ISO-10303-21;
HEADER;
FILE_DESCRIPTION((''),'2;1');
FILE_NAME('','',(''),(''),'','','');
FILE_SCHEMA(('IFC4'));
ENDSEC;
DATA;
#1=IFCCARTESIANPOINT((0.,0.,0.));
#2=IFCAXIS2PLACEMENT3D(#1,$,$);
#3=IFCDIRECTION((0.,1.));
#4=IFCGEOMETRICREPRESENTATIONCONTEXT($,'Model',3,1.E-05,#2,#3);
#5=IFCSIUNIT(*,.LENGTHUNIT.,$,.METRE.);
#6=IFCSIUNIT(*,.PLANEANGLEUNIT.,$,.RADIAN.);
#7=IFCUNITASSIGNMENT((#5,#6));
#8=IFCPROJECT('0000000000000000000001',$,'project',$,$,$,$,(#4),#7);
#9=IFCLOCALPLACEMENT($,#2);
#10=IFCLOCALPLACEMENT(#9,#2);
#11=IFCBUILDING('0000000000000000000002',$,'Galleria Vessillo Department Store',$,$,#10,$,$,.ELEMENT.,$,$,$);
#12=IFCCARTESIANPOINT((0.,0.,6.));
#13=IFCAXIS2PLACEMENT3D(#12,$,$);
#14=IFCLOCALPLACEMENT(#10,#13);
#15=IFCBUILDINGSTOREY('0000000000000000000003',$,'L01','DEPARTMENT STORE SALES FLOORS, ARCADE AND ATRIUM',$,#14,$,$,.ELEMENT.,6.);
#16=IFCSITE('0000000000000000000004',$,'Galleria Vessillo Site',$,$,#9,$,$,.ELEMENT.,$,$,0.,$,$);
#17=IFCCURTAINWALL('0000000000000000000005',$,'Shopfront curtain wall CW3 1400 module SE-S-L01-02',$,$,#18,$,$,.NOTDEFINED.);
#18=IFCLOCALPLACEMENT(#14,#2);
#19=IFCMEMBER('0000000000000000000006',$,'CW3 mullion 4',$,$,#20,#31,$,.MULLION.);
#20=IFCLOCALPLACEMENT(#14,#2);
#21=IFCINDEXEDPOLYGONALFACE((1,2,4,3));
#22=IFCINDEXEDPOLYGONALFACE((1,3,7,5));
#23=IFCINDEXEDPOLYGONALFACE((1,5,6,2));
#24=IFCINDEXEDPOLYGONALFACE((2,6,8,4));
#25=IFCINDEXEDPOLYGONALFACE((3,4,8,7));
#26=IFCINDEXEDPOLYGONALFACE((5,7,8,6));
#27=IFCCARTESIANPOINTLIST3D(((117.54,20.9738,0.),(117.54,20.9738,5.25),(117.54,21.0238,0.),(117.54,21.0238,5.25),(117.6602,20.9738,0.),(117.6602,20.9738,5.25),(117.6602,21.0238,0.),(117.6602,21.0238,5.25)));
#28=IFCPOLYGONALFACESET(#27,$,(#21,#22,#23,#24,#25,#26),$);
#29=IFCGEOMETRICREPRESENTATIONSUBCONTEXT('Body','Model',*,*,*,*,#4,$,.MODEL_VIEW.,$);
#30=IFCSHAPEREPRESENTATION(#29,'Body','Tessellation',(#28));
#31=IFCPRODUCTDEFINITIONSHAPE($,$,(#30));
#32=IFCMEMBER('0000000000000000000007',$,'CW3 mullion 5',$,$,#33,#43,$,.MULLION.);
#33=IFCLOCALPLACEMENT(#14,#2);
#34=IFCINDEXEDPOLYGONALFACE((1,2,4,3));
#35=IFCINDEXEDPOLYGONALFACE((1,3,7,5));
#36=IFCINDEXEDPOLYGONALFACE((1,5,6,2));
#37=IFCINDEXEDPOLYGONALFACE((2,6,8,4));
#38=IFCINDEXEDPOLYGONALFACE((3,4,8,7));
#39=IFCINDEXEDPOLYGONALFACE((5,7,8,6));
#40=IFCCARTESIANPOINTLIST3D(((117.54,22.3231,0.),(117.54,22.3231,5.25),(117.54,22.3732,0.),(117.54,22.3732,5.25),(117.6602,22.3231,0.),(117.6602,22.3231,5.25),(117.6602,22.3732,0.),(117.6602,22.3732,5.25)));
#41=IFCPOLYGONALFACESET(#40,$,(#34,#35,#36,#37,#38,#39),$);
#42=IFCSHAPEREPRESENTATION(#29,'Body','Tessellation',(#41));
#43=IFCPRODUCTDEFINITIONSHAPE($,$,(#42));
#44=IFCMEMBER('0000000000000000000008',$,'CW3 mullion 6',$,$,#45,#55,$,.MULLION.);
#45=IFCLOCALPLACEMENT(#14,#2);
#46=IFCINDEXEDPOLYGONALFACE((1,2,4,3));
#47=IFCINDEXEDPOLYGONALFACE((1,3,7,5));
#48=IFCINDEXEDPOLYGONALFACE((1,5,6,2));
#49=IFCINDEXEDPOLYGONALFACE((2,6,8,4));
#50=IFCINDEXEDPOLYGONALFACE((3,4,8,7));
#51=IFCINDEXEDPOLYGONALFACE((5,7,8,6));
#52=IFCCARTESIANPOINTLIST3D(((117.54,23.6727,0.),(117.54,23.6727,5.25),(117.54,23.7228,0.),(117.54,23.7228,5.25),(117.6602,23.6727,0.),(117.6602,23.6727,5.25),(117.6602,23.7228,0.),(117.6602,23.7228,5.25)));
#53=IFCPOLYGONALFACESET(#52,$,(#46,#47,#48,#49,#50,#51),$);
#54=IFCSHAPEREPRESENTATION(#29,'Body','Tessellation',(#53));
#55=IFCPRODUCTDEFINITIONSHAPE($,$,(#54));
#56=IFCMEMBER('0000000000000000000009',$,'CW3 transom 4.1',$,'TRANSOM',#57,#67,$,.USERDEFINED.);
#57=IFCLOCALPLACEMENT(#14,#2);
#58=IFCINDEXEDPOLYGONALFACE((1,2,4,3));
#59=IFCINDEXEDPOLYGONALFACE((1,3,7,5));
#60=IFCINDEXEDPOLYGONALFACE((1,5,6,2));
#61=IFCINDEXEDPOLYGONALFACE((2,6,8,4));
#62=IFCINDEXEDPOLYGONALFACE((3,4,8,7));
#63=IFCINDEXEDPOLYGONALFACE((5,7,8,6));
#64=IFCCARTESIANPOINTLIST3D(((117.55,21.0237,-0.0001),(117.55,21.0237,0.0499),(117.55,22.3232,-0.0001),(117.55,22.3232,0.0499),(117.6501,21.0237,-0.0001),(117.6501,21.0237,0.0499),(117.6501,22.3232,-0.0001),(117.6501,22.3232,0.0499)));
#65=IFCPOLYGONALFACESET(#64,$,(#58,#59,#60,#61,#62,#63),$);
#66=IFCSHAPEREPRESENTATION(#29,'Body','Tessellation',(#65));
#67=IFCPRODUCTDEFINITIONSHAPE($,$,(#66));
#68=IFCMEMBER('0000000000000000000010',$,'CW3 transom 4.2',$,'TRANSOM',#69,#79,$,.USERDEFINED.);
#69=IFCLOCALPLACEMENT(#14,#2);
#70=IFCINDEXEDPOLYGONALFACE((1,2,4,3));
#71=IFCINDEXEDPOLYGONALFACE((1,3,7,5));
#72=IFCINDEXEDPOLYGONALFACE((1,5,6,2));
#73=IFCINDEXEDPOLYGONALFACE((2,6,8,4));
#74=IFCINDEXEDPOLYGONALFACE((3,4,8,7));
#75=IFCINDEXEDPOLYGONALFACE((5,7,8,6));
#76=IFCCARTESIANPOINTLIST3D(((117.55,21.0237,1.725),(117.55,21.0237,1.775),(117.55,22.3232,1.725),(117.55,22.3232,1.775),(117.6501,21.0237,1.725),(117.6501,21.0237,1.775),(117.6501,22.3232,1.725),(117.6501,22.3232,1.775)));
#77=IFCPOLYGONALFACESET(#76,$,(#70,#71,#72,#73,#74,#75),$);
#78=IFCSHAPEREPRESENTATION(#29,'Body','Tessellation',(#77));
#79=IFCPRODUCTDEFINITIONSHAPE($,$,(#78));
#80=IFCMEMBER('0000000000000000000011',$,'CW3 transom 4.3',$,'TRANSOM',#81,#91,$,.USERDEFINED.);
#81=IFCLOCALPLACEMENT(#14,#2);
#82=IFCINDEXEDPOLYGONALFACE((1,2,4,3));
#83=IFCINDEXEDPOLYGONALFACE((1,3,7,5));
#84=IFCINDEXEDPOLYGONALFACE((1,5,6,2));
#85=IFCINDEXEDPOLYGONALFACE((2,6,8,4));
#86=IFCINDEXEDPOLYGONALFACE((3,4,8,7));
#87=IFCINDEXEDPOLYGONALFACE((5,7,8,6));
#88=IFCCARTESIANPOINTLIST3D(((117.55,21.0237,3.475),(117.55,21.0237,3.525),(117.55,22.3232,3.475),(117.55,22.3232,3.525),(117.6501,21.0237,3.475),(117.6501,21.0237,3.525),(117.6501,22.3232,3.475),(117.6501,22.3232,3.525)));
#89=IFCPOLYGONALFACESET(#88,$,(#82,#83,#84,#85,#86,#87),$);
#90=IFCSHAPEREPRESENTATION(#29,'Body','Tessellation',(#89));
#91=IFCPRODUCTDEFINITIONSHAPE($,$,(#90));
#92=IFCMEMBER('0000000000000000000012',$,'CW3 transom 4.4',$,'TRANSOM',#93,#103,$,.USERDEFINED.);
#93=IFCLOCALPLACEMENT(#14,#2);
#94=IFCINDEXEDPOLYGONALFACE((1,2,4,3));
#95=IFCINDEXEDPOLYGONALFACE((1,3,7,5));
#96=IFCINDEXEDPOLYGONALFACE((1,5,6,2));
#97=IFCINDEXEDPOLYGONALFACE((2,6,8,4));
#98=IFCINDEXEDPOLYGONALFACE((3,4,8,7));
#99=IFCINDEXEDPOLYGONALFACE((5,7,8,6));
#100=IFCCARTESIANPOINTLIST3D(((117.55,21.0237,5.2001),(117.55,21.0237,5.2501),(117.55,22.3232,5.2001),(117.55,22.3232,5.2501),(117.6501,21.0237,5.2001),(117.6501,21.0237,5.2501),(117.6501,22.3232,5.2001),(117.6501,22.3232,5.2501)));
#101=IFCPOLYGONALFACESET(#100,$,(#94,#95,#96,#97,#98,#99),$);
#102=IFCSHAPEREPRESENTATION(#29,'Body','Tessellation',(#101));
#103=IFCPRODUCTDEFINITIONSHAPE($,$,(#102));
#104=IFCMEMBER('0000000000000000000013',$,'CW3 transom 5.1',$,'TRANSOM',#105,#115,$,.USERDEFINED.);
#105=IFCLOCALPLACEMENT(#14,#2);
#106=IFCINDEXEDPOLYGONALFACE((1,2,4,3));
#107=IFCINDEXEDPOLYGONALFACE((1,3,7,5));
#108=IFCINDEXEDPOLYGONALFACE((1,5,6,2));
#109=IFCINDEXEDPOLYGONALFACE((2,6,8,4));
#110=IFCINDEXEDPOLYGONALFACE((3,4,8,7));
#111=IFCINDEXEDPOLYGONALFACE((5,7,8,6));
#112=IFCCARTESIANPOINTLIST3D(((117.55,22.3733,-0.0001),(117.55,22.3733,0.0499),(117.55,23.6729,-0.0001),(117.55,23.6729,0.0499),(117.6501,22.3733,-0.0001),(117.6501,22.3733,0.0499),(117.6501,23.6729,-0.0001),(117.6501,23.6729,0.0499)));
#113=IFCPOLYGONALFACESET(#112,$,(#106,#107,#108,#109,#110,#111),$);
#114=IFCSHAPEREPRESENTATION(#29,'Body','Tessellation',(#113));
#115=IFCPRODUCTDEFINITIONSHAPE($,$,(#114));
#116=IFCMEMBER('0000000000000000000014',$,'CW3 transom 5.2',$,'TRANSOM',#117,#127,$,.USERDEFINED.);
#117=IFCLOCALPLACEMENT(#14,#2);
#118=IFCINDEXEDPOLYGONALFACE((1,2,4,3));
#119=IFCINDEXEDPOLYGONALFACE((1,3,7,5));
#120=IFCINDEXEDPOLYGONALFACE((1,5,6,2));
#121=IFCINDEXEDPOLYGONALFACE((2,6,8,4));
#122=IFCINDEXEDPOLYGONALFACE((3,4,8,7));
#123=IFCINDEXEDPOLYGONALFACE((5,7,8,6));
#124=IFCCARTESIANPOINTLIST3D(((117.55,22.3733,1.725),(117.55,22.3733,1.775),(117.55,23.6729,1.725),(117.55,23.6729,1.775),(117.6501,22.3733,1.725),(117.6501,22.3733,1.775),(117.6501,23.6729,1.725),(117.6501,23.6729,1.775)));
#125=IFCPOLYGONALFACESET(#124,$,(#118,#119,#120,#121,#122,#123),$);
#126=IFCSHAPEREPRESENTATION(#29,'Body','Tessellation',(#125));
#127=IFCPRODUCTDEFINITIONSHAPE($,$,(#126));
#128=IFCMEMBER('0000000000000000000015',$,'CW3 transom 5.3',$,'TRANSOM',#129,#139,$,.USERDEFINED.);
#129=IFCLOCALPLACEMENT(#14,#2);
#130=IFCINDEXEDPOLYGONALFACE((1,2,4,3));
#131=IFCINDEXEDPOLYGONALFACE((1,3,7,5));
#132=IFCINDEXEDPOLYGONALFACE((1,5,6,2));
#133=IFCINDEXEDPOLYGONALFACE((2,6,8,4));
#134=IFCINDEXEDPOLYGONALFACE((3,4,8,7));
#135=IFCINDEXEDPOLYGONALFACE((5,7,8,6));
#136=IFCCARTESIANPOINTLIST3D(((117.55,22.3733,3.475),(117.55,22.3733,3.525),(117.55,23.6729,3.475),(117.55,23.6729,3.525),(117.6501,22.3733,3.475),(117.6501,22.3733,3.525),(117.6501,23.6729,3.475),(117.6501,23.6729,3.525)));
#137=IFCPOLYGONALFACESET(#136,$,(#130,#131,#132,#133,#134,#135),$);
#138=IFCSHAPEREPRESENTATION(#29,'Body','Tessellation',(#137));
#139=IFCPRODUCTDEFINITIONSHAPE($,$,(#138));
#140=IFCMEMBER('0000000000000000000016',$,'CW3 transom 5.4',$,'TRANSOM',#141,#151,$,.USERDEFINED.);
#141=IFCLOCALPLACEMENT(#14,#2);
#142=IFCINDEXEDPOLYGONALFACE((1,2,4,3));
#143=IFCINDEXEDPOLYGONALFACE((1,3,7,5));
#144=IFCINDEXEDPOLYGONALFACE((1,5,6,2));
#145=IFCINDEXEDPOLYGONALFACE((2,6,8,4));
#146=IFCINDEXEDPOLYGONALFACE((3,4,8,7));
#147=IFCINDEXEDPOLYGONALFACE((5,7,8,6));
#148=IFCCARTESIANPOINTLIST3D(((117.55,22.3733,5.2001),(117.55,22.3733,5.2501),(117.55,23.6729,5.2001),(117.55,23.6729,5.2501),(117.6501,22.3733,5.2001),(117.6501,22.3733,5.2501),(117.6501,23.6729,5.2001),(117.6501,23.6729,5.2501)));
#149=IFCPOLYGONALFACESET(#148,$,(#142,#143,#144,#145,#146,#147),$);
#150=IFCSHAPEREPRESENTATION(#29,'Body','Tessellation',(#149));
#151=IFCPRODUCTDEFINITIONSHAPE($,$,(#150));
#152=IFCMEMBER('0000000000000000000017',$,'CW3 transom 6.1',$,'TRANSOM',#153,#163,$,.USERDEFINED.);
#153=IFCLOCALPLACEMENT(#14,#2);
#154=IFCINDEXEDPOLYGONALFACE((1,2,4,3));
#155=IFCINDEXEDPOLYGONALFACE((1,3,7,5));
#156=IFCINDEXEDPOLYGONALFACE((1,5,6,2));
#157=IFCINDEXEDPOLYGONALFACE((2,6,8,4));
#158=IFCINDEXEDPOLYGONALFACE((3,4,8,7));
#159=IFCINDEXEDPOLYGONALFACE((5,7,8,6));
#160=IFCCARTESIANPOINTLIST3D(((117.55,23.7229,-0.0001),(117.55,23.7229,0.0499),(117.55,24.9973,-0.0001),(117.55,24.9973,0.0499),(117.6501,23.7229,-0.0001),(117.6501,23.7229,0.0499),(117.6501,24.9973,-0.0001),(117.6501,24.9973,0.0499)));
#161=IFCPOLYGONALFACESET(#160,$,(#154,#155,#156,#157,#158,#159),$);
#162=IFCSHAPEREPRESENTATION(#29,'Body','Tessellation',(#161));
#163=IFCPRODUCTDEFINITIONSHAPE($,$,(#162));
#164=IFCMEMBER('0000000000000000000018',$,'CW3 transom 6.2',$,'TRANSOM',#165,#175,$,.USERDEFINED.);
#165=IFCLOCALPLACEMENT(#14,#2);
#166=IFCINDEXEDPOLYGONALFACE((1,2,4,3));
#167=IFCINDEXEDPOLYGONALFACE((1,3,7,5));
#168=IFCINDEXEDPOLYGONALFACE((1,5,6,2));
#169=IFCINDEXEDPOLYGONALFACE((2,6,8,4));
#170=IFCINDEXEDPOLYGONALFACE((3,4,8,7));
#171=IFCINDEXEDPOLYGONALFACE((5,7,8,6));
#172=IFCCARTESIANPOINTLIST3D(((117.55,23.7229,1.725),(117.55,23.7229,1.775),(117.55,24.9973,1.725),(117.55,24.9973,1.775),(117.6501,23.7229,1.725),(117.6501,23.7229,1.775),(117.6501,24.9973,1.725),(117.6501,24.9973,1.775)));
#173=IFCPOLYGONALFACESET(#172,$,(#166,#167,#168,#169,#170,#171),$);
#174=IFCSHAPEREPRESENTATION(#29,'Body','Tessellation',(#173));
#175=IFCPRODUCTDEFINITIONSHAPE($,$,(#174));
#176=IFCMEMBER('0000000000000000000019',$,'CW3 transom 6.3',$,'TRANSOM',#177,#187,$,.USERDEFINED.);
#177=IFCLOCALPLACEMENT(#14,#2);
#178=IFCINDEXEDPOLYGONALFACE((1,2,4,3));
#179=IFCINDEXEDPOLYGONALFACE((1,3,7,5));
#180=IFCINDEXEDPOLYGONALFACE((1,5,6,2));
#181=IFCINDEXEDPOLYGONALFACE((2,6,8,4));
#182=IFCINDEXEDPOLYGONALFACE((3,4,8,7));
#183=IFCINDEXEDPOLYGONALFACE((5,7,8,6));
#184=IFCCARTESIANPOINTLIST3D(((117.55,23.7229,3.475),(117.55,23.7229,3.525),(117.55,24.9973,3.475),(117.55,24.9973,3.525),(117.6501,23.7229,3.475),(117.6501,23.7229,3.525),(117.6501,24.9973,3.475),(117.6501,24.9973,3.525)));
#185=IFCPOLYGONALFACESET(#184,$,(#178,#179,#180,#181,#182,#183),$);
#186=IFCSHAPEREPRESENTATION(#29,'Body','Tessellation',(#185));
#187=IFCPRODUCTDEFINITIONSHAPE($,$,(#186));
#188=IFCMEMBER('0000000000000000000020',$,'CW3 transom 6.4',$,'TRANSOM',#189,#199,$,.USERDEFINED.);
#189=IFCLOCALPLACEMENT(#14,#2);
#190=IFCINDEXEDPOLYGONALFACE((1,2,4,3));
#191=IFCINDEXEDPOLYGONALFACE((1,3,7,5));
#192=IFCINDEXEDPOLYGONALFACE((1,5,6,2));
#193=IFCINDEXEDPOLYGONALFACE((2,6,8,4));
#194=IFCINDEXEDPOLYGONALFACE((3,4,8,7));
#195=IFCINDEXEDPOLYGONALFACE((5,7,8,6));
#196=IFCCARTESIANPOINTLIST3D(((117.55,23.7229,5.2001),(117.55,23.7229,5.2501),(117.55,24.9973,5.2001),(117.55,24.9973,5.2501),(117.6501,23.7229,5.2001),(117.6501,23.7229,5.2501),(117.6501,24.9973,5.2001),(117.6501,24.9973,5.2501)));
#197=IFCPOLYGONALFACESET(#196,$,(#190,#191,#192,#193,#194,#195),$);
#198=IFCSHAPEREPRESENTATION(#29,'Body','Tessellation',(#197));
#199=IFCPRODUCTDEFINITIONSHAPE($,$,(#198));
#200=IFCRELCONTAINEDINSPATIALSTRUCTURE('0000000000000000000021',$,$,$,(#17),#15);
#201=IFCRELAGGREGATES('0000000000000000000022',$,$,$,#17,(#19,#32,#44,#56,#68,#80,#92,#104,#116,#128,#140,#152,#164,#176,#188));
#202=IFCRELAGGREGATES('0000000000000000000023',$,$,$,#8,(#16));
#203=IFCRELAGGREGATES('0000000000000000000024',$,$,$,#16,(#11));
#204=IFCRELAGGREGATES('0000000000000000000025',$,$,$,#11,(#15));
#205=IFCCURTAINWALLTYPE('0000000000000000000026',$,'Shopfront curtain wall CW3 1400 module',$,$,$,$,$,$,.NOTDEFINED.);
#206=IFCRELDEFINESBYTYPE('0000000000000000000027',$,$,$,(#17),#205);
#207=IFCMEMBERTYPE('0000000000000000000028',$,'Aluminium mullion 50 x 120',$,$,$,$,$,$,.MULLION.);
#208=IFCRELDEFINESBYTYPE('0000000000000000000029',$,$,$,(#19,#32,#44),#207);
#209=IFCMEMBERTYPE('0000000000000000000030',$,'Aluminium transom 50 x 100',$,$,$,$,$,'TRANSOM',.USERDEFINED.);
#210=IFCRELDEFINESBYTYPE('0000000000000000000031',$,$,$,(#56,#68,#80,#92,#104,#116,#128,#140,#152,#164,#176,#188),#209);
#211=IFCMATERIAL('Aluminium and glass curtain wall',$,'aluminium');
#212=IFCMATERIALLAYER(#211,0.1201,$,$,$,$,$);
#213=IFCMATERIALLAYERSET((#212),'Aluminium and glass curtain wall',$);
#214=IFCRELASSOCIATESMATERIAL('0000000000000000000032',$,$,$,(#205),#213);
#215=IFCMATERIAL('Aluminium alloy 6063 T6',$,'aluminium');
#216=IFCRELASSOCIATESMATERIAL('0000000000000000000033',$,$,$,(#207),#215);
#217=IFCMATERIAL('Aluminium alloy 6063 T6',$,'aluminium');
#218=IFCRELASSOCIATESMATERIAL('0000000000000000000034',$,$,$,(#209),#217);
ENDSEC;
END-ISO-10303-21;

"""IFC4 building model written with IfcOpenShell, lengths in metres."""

from ifc_helpers import new_model, si_unit, direction, frame, origin, origin_2d, place, context, subcontext, project, spatial, rectangle, extrude, material, layer, layer_set, material_profile, profile_set, type_object, element, aggregate, save


model = new_model("IFC4")

# Units and contexts
model_context = context("Model", 3, precision=1e-05, world=origin(), true_north=direction((0.0, 1.0)))
body_context = subcontext(model_context, "Body", "Model", "MODEL_VIEW")
ifc_project = project(units=[si_unit("LENGTHUNIT", "METRE"), si_unit("PLANEANGLEUNIT", "RADIAN")], contexts=[model_context])

# Site, building, storey
site_placement = place(None, origin())
site = spatial("IfcSite", under=ifc_project, at=site_placement, Name="Galleria Vessillo Site", CompositionType="ELEMENT", RefElevation=0.0)
building_placement = place(site_placement, origin())
building = spatial("IfcBuilding", under=site, at=building_placement, Name="Galleria Vessillo Department Store", CompositionType="ELEMENT")
storey_placement = place(building_placement, frame((0.0, 0.0, 6.0)))
storey = spatial("IfcBuildingStorey", under=building, at=storey_placement, Name="L01", Description="DEPARTMENT STORE SALES FLOORS, ARCADE AND ATRIUM", CompositionType="ELEMENT", Elevation=6.0)

# Curtain wall, members
ifc_material_1 = material(Name="Aluminium and glass curtain wall", Category="aluminium")
ifc_layer_1 = layer(ifc_material_1, 0.1201)
ifc_layer_set_1 = layer_set([ifc_layer_1], Name="Aluminium and glass curtain wall")
curtain_wall_type = type_object("IfcCurtainWallType", Name="Shopfront curtain wall CW3 1400 module", PredefinedType="NOTDEFINED", material=ifc_layer_set_1)
curtain_wall_placement = place(storey_placement, origin())
curtain_wall = element("IfcCurtainWall", 1, at=curtain_wall_placement, inside=storey, type_object=curtain_wall_type, Name="Shopfront curtain wall CW3 1400 module SE-S-L01-02", PredefinedType="NOTDEFINED")
ifc_material_2 = material(Name="Aluminium alloy 6063 T6", Category="aluminium")
ifc_material_profile_1 = material_profile(ifc_material_2, rectangle(XDim=0.1201, YDim=0.05, at=origin_2d()), Name="AL 50x120")
ifc_profile_set_1 = profile_set([ifc_material_profile_1], Name="Aluminium alloy 6063 T6")
member_type_1 = type_object("IfcMemberType", Name="Aluminium mullion 50 x 120", PredefinedType="MULLION", material=ifc_profile_set_1)
member_1_placement = place(storey_placement, frame((117.6001, 20.9988, 0.0), z_axis=(0.0, 0.0, 1.0), x_axis=(-1.0, 0.0, 0.0)))
member_1 = element("IfcMember", 2, at=member_1_placement, type_object=member_type_1, Name="CW3 mullion 4", PredefinedType="MULLION", context=body_context, shape_type="SweptSolid", body=[
    extrude(rectangle(XDim=0.1201, YDim=0.05, at=origin_2d()), origin(), (0.0, 0.0, 1.0), 5.25),
])
member_2_placement = place(storey_placement, frame((117.6001, 22.3481, 0.0), z_axis=(0.0, 0.0, 1.0), x_axis=(-1.0, 0.0, 0.0)))
member_2 = element("IfcMember", 3, at=member_2_placement, type_object=member_type_1, Name="CW3 mullion 5", PredefinedType="MULLION", context=body_context, shape_type="SweptSolid", body=[
    extrude(rectangle(XDim=0.1201, YDim=0.05, at=origin_2d()), origin(), (0.0, 0.0, 1.0), 5.25),
])
member_3_placement = place(storey_placement, frame((117.6001, 23.6978, 0.0), z_axis=(0.0, 0.0, 1.0), x_axis=(-1.0, 0.0, 0.0)))
member_3 = element("IfcMember", 4, at=member_3_placement, type_object=member_type_1, Name="CW3 mullion 6", PredefinedType="MULLION", context=body_context, shape_type="SweptSolid", body=[
    extrude(rectangle(XDim=0.1201, YDim=0.05, at=origin_2d()), origin(), (0.0, 0.0, 1.0), 5.25),
])
ifc_material_3 = material(Name="Aluminium alloy 6063 T6", Category="aluminium")
ifc_material_profile_2 = material_profile(ifc_material_3, rectangle(XDim=0.1001, YDim=0.05, at=origin_2d()), Name="AL 50x100")
ifc_profile_set_2 = profile_set([ifc_material_profile_2], Name="Aluminium alloy 6063 T6")
member_type_2 = type_object("IfcMemberType", Name="Aluminium transom 50 x 100", ElementType="TRANSOM", PredefinedType="USERDEFINED", material=ifc_profile_set_2)
member_4_placement = place(storey_placement, frame((117.6001, 21.0237, 0.0249), z_axis=(0.0, 1.0, 0.0), x_axis=(-1.0, 0.0, 0.0)))
member_4 = element("IfcMember", 5, at=member_4_placement, type_object=member_type_2, Name="CW3 transom 4.1", ObjectType="TRANSOM", PredefinedType="USERDEFINED", context=body_context, shape_type="SweptSolid", body=[
    extrude(rectangle(XDim=0.1001, YDim=0.05, at=origin_2d()), origin(), (0.0, 0.0, 1.0), 1.2996),
])
member_5_placement = place(storey_placement, frame((117.6001, 21.0237, 1.75), z_axis=(0.0, 1.0, 0.0), x_axis=(-1.0, 0.0, 0.0)))
member_5 = element("IfcMember", 6, at=member_5_placement, type_object=member_type_2, Name="CW3 transom 4.2", ObjectType="TRANSOM", PredefinedType="USERDEFINED", context=body_context, shape_type="SweptSolid", body=[
    extrude(rectangle(XDim=0.1001, YDim=0.05, at=origin_2d()), origin(), (0.0, 0.0, 1.0), 1.2996),
])
member_6_placement = place(storey_placement, frame((117.6001, 21.0237, 3.5), z_axis=(0.0, 1.0, 0.0), x_axis=(-1.0, 0.0, 0.0)))
member_6 = element("IfcMember", 7, at=member_6_placement, type_object=member_type_2, Name="CW3 transom 4.3", ObjectType="TRANSOM", PredefinedType="USERDEFINED", context=body_context, shape_type="SweptSolid", body=[
    extrude(rectangle(XDim=0.1001, YDim=0.05, at=origin_2d()), origin(), (0.0, 0.0, 1.0), 1.2996),
])
member_7_placement = place(storey_placement, frame((117.6001, 21.0237, 5.2251), z_axis=(0.0, 1.0, 0.0), x_axis=(-1.0, 0.0, 0.0)))
member_7 = element("IfcMember", 8, at=member_7_placement, type_object=member_type_2, Name="CW3 transom 4.4", ObjectType="TRANSOM", PredefinedType="USERDEFINED", context=body_context, shape_type="SweptSolid", body=[
    extrude(rectangle(XDim=0.1001, YDim=0.05, at=origin_2d()), origin(), (0.0, 0.0, 1.0), 1.2996),
])
member_8_placement = place(storey_placement, frame((117.6001, 22.3733, 0.0249), z_axis=(0.0, 1.0, 0.0), x_axis=(-1.0, 0.0, 0.0)))
member_8 = element("IfcMember", 9, at=member_8_placement, type_object=member_type_2, Name="CW3 transom 5.1", ObjectType="TRANSOM", PredefinedType="USERDEFINED", context=body_context, shape_type="SweptSolid", body=[
    extrude(rectangle(XDim=0.1001, YDim=0.05, at=origin_2d()), origin(), (0.0, 0.0, 1.0), 1.2996),
])
member_9_placement = place(storey_placement, frame((117.6001, 22.3733, 1.75), z_axis=(0.0, 1.0, 0.0), x_axis=(-1.0, 0.0, 0.0)))
member_9 = element("IfcMember", 10, at=member_9_placement, type_object=member_type_2, Name="CW3 transom 5.2", ObjectType="TRANSOM", PredefinedType="USERDEFINED", context=body_context, shape_type="SweptSolid", body=[
    extrude(rectangle(XDim=0.1001, YDim=0.05, at=origin_2d()), origin(), (0.0, 0.0, 1.0), 1.2996),
])
member_10_placement = place(storey_placement, frame((117.6001, 22.3733, 3.5), z_axis=(0.0, 1.0, 0.0), x_axis=(-1.0, 0.0, 0.0)))
member_10 = element("IfcMember", 11, at=member_10_placement, type_object=member_type_2, Name="CW3 transom 5.3", ObjectType="TRANSOM", PredefinedType="USERDEFINED", context=body_context, shape_type="SweptSolid", body=[
    extrude(rectangle(XDim=0.1001, YDim=0.05, at=origin_2d()), origin(), (0.0, 0.0, 1.0), 1.2996),
])
member_11_placement = place(storey_placement, frame((117.6001, 22.3733, 5.2251), z_axis=(0.0, 1.0, 0.0), x_axis=(-1.0, 0.0, 0.0)))
member_11 = element("IfcMember", 12, at=member_11_placement, type_object=member_type_2, Name="CW3 transom 5.4", ObjectType="TRANSOM", PredefinedType="USERDEFINED", context=body_context, shape_type="SweptSolid", body=[
    extrude(rectangle(XDim=0.1001, YDim=0.05, at=origin_2d()), origin(), (0.0, 0.0, 1.0), 1.2996),
])
member_12_placement = place(storey_placement, frame((117.6001, 23.7229, 0.0249), z_axis=(0.0, 1.0, 0.0), x_axis=(-1.0, 0.0, 0.0)))
member_12 = element("IfcMember", 13, at=member_12_placement, type_object=member_type_2, Name="CW3 transom 6.1", ObjectType="TRANSOM", PredefinedType="USERDEFINED", context=body_context, shape_type="SweptSolid", body=[
    extrude(rectangle(XDim=0.1001, YDim=0.05, at=origin_2d()), origin(), (0.0, 0.0, 1.0), 1.2744),
])
member_13_placement = place(storey_placement, frame((117.6001, 23.7229, 1.75), z_axis=(0.0, 1.0, 0.0), x_axis=(-1.0, 0.0, 0.0)))
member_13 = element("IfcMember", 14, at=member_13_placement, type_object=member_type_2, Name="CW3 transom 6.2", ObjectType="TRANSOM", PredefinedType="USERDEFINED", context=body_context, shape_type="SweptSolid", body=[
    extrude(rectangle(XDim=0.1001, YDim=0.05, at=origin_2d()), origin(), (0.0, 0.0, 1.0), 1.2744),
])
member_14_placement = place(storey_placement, frame((117.6001, 23.7229, 3.5), z_axis=(0.0, 1.0, 0.0), x_axis=(-1.0, 0.0, 0.0)))
member_14 = element("IfcMember", 15, at=member_14_placement, type_object=member_type_2, Name="CW3 transom 6.3", ObjectType="TRANSOM", PredefinedType="USERDEFINED", context=body_context, shape_type="SweptSolid", body=[
    extrude(rectangle(XDim=0.1001, YDim=0.05, at=origin_2d()), origin(), (0.0, 0.0, 1.0), 1.2744),
])
member_15_placement = place(storey_placement, frame((117.6001, 23.7229, 5.2251), z_axis=(0.0, 1.0, 0.0), x_axis=(-1.0, 0.0, 0.0)))
member_15 = element("IfcMember", 16, at=member_15_placement, type_object=member_type_2, Name="CW3 transom 6.4", ObjectType="TRANSOM", PredefinedType="USERDEFINED", context=body_context, shape_type="SweptSolid", body=[
    extrude(rectangle(XDim=0.1001, YDim=0.05, at=origin_2d()), origin(), (0.0, 0.0, 1.0), 1.2744),
])
aggregate(curtain_wall, [member_1, member_2, member_3, member_4, member_5, member_6, member_7, member_8, member_9, member_10, member_11, member_12, member_13, member_14, member_15])

save(model, "model.ifc")
